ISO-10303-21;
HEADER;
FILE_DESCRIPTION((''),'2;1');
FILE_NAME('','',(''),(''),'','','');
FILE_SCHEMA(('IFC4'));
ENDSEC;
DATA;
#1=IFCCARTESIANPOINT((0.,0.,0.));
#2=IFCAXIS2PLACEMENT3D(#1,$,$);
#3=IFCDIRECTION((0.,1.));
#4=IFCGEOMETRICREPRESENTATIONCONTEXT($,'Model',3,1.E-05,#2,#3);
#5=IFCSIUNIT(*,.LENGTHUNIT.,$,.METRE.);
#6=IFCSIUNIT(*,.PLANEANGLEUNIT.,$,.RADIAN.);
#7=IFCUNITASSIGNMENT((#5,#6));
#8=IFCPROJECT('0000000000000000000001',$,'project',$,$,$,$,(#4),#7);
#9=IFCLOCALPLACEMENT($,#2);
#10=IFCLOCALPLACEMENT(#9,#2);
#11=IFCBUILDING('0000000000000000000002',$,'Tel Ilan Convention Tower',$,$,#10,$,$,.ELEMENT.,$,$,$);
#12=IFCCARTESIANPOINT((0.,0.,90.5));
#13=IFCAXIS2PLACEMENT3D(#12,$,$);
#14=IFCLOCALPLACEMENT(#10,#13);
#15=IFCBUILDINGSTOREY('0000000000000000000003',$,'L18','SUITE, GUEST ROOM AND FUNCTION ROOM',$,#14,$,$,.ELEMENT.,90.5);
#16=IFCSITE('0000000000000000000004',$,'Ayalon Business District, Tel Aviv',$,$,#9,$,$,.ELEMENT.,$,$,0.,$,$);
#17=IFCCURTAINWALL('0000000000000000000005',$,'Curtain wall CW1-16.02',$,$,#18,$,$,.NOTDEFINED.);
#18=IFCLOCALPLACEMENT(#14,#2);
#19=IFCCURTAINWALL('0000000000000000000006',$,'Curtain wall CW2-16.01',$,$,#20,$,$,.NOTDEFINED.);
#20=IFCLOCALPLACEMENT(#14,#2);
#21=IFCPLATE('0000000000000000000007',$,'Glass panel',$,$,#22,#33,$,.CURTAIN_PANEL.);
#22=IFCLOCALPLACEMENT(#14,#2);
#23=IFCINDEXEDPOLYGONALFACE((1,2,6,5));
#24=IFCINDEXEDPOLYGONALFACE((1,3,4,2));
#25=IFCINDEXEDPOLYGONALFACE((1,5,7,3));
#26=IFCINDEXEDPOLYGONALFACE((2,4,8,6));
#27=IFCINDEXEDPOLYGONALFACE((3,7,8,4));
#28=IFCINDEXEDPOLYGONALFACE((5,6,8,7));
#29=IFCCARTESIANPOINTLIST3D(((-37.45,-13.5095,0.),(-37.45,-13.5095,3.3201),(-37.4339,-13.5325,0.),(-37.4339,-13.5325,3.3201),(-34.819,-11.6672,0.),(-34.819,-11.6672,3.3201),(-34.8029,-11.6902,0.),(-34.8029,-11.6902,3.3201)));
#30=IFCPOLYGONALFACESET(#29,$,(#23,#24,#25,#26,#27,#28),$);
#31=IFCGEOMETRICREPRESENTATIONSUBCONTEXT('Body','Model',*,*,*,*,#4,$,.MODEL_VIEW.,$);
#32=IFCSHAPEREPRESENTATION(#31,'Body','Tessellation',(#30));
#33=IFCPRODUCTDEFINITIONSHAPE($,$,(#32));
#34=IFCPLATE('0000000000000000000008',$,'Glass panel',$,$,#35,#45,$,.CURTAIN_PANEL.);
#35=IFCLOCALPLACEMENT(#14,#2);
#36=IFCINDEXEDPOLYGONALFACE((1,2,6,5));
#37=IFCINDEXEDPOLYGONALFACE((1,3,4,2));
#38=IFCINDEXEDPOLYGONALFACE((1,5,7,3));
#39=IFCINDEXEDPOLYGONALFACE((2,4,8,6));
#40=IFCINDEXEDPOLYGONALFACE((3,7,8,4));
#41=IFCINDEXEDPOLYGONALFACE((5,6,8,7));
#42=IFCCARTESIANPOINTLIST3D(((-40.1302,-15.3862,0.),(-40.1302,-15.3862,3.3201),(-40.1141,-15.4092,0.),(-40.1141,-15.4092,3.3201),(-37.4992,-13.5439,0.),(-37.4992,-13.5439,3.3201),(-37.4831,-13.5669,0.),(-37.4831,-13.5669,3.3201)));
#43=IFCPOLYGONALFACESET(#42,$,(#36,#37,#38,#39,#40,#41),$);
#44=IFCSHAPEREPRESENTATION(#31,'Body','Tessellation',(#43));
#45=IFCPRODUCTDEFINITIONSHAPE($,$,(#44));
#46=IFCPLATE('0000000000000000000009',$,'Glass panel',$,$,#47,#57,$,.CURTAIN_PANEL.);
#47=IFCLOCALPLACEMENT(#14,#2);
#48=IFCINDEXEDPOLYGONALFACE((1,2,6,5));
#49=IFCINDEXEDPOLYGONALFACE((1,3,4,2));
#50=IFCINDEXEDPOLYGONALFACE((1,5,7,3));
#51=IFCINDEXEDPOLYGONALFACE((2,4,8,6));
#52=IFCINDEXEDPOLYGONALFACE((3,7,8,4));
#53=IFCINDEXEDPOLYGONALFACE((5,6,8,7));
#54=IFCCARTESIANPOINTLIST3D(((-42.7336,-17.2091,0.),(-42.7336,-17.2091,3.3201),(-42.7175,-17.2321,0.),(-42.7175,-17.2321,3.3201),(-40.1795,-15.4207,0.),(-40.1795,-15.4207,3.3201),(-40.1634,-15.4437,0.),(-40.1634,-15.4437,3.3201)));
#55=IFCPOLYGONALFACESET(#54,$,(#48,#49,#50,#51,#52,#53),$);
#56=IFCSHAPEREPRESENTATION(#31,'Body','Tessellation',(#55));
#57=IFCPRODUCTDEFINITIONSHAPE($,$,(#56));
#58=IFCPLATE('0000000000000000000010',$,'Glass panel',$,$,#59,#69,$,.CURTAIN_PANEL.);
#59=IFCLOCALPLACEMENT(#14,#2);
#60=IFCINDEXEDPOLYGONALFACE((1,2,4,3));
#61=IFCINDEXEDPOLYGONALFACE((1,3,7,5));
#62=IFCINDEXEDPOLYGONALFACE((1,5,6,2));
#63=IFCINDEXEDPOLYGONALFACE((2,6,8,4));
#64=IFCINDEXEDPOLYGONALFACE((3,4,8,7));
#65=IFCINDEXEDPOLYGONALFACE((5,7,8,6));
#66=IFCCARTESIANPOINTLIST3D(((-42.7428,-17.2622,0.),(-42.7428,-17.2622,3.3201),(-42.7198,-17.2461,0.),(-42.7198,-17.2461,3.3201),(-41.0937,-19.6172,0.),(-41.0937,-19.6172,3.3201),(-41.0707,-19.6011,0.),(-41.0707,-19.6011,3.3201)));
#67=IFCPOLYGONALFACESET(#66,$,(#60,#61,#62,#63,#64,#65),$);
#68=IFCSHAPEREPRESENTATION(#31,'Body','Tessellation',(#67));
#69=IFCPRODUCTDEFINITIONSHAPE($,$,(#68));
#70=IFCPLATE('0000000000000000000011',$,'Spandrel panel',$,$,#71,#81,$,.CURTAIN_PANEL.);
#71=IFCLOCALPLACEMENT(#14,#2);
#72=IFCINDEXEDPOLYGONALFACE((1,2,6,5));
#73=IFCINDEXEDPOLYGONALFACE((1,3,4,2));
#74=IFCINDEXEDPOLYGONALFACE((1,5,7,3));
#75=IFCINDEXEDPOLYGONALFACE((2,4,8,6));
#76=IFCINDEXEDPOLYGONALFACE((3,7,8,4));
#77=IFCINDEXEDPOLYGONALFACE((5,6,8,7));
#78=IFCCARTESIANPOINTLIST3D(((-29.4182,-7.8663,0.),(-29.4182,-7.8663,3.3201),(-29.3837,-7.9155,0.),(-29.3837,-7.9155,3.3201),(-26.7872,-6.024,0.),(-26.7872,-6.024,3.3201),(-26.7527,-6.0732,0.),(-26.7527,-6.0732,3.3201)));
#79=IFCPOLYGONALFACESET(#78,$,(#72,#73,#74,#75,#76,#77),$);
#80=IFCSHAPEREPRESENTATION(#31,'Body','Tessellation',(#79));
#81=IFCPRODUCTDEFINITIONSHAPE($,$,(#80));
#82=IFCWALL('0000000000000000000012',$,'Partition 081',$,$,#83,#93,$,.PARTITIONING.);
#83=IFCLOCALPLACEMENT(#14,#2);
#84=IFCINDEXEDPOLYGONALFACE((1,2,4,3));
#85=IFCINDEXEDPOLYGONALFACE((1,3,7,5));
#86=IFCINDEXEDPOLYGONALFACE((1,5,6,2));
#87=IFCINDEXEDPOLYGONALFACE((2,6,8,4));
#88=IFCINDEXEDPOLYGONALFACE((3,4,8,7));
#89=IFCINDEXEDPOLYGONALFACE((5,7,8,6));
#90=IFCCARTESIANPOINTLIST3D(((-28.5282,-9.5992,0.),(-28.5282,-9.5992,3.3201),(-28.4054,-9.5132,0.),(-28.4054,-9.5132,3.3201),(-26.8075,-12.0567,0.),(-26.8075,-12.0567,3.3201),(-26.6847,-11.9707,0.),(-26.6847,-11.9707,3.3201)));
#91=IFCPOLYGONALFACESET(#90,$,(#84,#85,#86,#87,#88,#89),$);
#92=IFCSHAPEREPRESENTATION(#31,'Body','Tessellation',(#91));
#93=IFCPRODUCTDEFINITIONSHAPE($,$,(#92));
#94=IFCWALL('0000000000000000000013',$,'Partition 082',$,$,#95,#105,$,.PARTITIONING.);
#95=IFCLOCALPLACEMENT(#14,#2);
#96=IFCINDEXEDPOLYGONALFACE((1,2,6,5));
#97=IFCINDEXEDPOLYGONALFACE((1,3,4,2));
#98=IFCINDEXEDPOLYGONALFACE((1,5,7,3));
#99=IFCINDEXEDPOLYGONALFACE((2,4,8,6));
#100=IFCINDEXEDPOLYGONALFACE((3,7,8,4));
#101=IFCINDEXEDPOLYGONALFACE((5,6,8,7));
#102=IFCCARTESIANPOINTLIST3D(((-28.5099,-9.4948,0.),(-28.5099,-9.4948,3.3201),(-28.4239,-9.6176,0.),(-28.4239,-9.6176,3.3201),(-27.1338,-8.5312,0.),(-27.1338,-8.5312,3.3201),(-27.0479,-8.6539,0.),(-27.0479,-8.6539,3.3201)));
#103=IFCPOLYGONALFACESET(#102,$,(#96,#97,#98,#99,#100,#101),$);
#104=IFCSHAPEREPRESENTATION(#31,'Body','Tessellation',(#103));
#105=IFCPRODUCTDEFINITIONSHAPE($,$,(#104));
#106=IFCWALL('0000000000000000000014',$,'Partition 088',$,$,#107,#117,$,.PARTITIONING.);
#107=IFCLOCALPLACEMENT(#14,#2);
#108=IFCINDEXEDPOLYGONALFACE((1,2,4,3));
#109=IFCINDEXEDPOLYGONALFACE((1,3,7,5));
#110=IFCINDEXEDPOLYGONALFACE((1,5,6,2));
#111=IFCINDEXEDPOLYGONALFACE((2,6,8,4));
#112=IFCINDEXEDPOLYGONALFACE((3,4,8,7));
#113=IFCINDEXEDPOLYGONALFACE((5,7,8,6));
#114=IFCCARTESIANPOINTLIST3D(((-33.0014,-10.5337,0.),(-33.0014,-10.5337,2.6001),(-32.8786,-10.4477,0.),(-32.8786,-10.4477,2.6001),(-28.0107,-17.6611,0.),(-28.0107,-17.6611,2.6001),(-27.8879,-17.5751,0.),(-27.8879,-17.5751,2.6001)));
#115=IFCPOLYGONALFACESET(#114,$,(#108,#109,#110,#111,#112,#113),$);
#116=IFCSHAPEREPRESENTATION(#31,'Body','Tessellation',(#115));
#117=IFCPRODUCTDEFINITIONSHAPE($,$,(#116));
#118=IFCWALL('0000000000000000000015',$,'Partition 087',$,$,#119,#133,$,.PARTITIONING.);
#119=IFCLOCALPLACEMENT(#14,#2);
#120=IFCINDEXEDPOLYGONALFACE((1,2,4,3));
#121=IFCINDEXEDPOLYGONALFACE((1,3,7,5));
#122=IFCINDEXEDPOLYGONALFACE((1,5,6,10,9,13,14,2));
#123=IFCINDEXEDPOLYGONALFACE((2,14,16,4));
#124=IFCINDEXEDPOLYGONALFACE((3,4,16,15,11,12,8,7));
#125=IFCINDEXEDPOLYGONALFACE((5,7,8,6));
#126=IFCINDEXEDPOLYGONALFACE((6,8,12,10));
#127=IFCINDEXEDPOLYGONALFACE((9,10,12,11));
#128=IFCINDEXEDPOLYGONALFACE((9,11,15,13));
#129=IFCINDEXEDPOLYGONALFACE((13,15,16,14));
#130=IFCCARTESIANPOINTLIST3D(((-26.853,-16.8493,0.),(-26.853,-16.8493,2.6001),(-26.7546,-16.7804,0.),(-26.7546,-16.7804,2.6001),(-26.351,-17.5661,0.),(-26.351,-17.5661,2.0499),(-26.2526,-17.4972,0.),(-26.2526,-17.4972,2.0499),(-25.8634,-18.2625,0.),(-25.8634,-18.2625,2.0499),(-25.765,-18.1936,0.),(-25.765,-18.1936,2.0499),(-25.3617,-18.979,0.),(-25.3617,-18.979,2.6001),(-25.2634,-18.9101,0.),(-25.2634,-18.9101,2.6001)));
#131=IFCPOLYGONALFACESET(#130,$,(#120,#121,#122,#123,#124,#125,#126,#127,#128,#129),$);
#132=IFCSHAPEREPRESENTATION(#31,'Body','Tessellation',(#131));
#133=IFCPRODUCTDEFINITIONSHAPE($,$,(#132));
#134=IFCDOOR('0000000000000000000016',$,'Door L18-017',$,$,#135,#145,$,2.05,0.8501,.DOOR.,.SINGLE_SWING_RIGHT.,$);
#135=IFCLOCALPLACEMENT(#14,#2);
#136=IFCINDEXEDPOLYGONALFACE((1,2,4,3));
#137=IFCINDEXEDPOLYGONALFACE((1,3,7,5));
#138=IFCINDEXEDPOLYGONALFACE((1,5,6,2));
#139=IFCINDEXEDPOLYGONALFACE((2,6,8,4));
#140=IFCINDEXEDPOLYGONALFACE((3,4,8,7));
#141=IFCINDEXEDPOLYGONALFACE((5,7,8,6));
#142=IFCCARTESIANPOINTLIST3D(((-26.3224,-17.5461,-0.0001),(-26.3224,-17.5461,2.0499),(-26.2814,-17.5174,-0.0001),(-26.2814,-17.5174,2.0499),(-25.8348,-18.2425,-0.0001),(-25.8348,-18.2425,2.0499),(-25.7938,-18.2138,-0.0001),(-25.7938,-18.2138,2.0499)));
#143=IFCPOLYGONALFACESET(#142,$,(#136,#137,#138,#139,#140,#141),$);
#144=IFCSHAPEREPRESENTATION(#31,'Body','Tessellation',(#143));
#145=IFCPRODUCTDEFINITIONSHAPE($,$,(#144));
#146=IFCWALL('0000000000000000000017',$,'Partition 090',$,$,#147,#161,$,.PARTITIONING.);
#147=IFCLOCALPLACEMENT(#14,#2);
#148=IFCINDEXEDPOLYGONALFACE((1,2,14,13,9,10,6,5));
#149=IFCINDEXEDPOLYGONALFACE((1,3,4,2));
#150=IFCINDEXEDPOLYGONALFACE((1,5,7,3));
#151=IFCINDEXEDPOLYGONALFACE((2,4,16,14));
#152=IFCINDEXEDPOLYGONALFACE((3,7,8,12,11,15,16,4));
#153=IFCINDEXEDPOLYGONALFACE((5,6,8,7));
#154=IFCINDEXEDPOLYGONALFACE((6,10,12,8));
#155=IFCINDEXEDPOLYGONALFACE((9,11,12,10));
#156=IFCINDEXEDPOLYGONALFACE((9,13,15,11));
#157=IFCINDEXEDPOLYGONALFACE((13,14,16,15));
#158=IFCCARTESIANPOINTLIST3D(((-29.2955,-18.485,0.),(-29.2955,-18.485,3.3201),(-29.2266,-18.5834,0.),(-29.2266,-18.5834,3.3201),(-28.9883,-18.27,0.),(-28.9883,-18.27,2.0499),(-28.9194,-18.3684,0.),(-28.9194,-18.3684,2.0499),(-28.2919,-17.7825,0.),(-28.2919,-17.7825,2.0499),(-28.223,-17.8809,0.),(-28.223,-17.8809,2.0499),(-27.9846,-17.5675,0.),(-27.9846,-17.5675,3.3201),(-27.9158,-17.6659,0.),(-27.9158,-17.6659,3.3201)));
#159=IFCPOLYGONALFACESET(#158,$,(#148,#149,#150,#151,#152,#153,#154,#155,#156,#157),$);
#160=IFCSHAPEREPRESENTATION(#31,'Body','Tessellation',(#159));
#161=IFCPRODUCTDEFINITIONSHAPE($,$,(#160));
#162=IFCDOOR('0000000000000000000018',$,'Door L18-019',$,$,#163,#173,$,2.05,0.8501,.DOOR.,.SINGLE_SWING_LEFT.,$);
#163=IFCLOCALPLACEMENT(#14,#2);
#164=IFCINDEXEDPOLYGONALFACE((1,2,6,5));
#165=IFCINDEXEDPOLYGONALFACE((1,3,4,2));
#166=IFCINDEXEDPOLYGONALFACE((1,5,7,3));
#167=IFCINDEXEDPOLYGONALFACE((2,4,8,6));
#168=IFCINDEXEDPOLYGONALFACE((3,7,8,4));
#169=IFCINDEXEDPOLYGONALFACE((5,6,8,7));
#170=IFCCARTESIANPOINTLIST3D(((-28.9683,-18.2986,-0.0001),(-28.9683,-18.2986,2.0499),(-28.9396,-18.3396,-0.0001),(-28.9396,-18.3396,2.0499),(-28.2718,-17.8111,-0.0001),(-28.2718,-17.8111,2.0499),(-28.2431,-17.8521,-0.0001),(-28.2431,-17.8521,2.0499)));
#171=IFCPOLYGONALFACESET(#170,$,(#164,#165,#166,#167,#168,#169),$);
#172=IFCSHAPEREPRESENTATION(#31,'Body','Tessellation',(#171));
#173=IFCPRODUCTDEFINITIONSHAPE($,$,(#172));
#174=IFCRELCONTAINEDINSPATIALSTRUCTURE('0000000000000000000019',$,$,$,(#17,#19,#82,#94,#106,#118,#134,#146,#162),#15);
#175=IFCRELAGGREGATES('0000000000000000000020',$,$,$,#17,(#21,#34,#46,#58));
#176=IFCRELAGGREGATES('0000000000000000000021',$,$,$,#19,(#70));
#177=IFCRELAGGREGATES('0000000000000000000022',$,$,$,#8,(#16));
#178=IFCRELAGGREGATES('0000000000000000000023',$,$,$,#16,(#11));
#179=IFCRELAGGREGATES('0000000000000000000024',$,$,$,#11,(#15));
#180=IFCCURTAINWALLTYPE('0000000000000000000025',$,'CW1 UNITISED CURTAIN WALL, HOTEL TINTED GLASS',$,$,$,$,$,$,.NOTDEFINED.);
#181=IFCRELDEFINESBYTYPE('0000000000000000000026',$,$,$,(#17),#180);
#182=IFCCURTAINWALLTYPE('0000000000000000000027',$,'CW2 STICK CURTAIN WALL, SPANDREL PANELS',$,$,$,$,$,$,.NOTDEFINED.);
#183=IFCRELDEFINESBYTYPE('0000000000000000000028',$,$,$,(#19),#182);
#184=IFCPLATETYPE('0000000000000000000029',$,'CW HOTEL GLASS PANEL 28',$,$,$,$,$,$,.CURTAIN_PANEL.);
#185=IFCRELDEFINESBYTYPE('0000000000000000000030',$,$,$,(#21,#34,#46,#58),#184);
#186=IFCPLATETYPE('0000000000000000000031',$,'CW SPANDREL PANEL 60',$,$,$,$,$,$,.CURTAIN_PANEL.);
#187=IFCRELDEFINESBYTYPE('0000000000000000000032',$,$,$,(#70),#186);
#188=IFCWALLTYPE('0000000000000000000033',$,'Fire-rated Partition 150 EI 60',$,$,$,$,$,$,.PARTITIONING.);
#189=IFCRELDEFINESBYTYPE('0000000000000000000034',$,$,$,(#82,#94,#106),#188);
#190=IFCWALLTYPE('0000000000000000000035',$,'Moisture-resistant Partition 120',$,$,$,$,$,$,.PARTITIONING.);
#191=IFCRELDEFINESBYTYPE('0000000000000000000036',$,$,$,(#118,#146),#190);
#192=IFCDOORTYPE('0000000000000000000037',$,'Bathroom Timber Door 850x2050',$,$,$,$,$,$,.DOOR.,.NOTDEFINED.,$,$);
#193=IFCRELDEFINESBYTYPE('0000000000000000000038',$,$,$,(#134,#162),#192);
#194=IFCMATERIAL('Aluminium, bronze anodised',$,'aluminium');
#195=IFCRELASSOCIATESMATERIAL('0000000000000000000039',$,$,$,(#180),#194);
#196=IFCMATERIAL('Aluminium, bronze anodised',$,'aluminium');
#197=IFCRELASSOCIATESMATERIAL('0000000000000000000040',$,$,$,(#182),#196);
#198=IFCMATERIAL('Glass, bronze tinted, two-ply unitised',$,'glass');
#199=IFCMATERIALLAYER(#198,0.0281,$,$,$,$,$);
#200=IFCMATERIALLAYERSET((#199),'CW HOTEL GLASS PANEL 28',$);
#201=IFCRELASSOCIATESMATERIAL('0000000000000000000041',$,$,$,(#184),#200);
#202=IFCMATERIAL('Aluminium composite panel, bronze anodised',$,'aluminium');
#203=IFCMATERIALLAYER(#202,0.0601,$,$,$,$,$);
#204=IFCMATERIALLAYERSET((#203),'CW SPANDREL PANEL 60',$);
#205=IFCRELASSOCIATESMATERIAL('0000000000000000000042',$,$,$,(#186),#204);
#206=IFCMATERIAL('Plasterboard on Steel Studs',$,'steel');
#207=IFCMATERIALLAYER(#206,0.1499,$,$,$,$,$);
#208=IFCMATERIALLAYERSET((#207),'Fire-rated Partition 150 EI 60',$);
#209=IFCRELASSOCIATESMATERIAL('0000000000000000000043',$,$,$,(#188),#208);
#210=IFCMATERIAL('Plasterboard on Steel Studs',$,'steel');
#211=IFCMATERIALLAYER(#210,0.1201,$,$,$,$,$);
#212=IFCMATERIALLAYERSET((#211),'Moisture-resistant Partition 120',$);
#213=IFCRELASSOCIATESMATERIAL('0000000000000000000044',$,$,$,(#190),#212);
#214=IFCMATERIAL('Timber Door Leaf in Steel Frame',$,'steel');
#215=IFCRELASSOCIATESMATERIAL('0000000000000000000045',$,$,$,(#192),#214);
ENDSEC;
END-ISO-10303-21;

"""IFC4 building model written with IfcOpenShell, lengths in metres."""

from ifc_helpers import new_model, si_unit, direction, frame, frame_2d, origin, origin_2d, place, context, subcontext, project, spatial, rectangle, extrude, material, layer, layer_set, type_object, element, fill, aggregate, save


model = new_model("IFC4")

# Units and contexts
model_context = context("Model", 3, precision=1e-05, world=origin(), true_north=direction((0.0, 1.0)))
body_context = subcontext(model_context, "Body", "Model", "MODEL_VIEW")
ifc_project = project(units=[si_unit("LENGTHUNIT", "METRE"), si_unit("PLANEANGLEUNIT", "RADIAN")], contexts=[model_context])

# Site, building, storey
site_placement = place(None, origin())
site = spatial("IfcSite", under=ifc_project, at=site_placement, Name="Ayalon Business District, Tel Aviv", CompositionType="ELEMENT", RefElevation=0.0)
building_placement = place(site_placement, origin())
building = spatial("IfcBuilding", under=site, at=building_placement, Name="Tel Ilan Convention Tower", CompositionType="ELEMENT")
storey_placement = place(building_placement, frame((0.0, 0.0, 90.5)))
storey = spatial("IfcBuildingStorey", under=building, at=storey_placement, Name="L18", Description="SUITE, GUEST ROOM AND FUNCTION ROOM", CompositionType="ELEMENT", Elevation=90.5)

# Curtain walls
ifc_material_1 = material(Name="Aluminium, bronze anodised", Category="aluminium")
curtain_wall_type_1 = type_object("IfcCurtainWallType", Name="CW1 UNITISED CURTAIN WALL, HOTEL TINTED GLASS", PredefinedType="NOTDEFINED", material=ifc_material_1)
curtain_wall_1_placement = place(storey_placement, origin())
curtain_wall_1 = element("IfcCurtainWall", 1, at=curtain_wall_1_placement, inside=storey, type_object=curtain_wall_type_1, Name="Curtain wall CW1-16.02", PredefinedType="NOTDEFINED")
ifc_material_2 = material(Name="Aluminium, bronze anodised", Category="aluminium")
curtain_wall_type_2 = type_object("IfcCurtainWallType", Name="CW2 STICK CURTAIN WALL, SPANDREL PANELS", PredefinedType="NOTDEFINED", material=ifc_material_2)
curtain_wall_2_placement = place(storey_placement, origin())
curtain_wall_2 = element("IfcCurtainWall", 2, at=curtain_wall_2_placement, inside=storey, type_object=curtain_wall_type_2, Name="Curtain wall CW2-16.01", PredefinedType="NOTDEFINED")

# Plates
ifc_material_3 = material(Name="Glass, bronze tinted, two-ply unitised", Category="glass")
ifc_layer_1 = layer(ifc_material_3, 0.0281)
ifc_layer_set_1 = layer_set([ifc_layer_1], Name="CW HOTEL GLASS PANEL 28")
plate_type_1 = type_object("IfcPlateType", Name="CW HOTEL GLASS PANEL 28", PredefinedType="CURTAIN_PANEL", material=ifc_layer_set_1)
plate_1_placement = place(storey_placement, frame((-36.1265, -12.5999, 0.0), z_axis=(0.0, 0.0, 1.0), x_axis=(-0.819152, -0.573576, 0.0)))
plate_1 = element("IfcPlate", 3, at=plate_1_placement, type_object=plate_type_1, Name="Glass panel", PredefinedType="CURTAIN_PANEL", context=body_context, shape_type="SweptSolid", body=[
    extrude(rectangle(XDim=3.2119, YDim=0.0281, at=origin_2d()), origin(), (0.0, 0.0, 1.0), 3.3201),
])
plate_2_placement = place(storey_placement, frame((-38.8066, -14.4766, 0.0), z_axis=(0.0, 0.0, 1.0), x_axis=(-0.819152, -0.573576, 0.0)))
plate_2 = element("IfcPlate", 4, at=plate_2_placement, type_object=plate_type_1, Name="Glass panel", PredefinedType="CURTAIN_PANEL", context=body_context, shape_type="SweptSolid", body=[
    extrude(rectangle(XDim=3.2119, YDim=0.0281, at=origin_2d()), origin(), (0.0, 0.0, 1.0), 3.3201),
])
plate_3_placement = place(storey_placement, frame((-41.4485, -16.3264, 0.0), z_axis=(0.0, 0.0, 1.0), x_axis=(-0.819152, -0.573576, 0.0)))
plate_3 = element("IfcPlate", 5, at=plate_3_placement, type_object=plate_type_1, Name="Glass panel", PredefinedType="CURTAIN_PANEL", context=body_context, shape_type="SweptSolid", body=[
    extrude(rectangle(XDim=3.1179, YDim=0.0281, at=origin_2d()), origin(), (0.0, 0.0, 1.0), 3.3201),
])
plate_4_placement = place(storey_placement, frame((-41.9067, -18.4316, 0.0), z_axis=(0.0, 0.0, 1.0), x_axis=(0.573576, -0.819152, 0.0)))
plate_4 = element("IfcPlate", 6, at=plate_4_placement, type_object=plate_type_1, Name="Glass panel", PredefinedType="CURTAIN_PANEL", context=body_context, shape_type="SweptSolid", body=[
    extrude(rectangle(XDim=2.875, YDim=0.0281, at=origin_2d()), origin(), (0.0, 0.0, 1.0), 3.3201),
])
aggregate(curtain_wall_1, [plate_1, plate_2, plate_3, plate_4])
ifc_material_4 = material(Name="Aluminium composite panel, bronze anodised", Category="aluminium")
ifc_layer_2 = layer(ifc_material_4, 0.0601)
ifc_layer_set_2 = layer_set([ifc_layer_2], Name="CW SPANDREL PANEL 60")
plate_type_2 = type_object("IfcPlateType", Name="CW SPANDREL PANEL 60", PredefinedType="CURTAIN_PANEL", material=ifc_layer_set_2)
plate_5_placement = place(storey_placement, frame((-28.0854, -6.9697, 0.0), z_axis=(0.0, 0.0, 1.0), x_axis=(-0.819152, -0.573576, 0.0)))
plate_5 = element("IfcPlate", 7, at=plate_5_placement, type_object=plate_type_2, Name="Spandrel panel", PredefinedType="CURTAIN_PANEL", context=body_context, shape_type="SweptSolid", body=[
    extrude(rectangle(XDim=3.2119, YDim=0.0601, at=origin_2d()), origin(), (0.0, 0.0, 1.0), 3.3201),
])
aggregate(curtain_wall_2, [plate_5])

# Walls
ifc_material_5 = material(Name="Plasterboard on Steel Studs", Category="steel")
ifc_layer_3 = layer(ifc_material_5, 0.1499)
ifc_layer_set_3 = layer_set([ifc_layer_3], Name="Fire-rated Partition 150 EI 60")
wall_type_1 = type_object("IfcWallType", Name="Fire-rated Partition 150 EI 60", PredefinedType="PARTITIONING", material=ifc_layer_set_3)
wall_1_placement = place(storey_placement, frame((-26.7461, -12.0137, 0.0), z_axis=(0.0, 0.0, 1.0), x_axis=(-0.573561, 0.819163, 0.0)))
element("IfcWall", 8, at=wall_1_placement, inside=storey, type_object=wall_type_1, Name="Partition 081", PredefinedType="PARTITIONING", context=body_context, shape_type="SweptSolid", body=[
    extrude(rectangle(XDim=3.0, YDim=0.1499, at=frame_2d((1.5, 0.0))), origin(), (0.0, 0.0, 1.0), 3.3201),
])
wall_2_placement = place(storey_placement, frame((-28.4668, -9.5562, 0.0), z_axis=(0.0, 0.0, 1.0), x_axis=(0.819109, 0.573638, 0.0)))
element("IfcWall", 9, at=wall_2_placement, inside=storey, type_object=wall_type_1, Name="Partition 082", PredefinedType="PARTITIONING", context=body_context, shape_type="SweptSolid", body=[
    extrude(rectangle(XDim=1.6799, YDim=0.1499, at=frame_2d((0.8398, 0.0))), origin(), (0.0, 0.0, 1.0), 3.3201),
])
wall_3_placement = place(storey_placement, frame((-27.9492, -17.6182, 0.0), z_axis=(0.0, 0.0, 1.0), x_axis=(-0.573579, 0.81915, 0.0)))
element("IfcWall", 10, at=wall_3_placement, inside=storey, type_object=wall_type_1, Name="Partition 088", PredefinedType="PARTITIONING", context=body_context, shape_type="SweptSolid", body=[
    extrude(rectangle(XDim=8.7009, YDim=0.1499, at=frame_2d((4.3506, 0.0))), origin(), (0.0, 0.0, 1.0), 2.6001),
])

# Walls, openings, doors
ifc_material_6 = material(Name="Plasterboard on Steel Studs", Category="steel")
ifc_layer_4 = layer(ifc_material_6, 0.1201)
ifc_layer_set_4 = layer_set([ifc_layer_4], Name="Moisture-resistant Partition 120")
wall_type_2 = type_object("IfcWallType", Name="Moisture-resistant Partition 120", PredefinedType="PARTITIONING", material=ifc_layer_set_4)
wall_4_placement = place(storey_placement, frame((-26.8037, -16.8149, 0.0), z_axis=(0.0, 0.0, 1.0), x_axis=(0.573582, -0.819148, 0.0)))
wall_4 = element("IfcWall", 11, at=wall_4_placement, inside=storey, type_object=wall_type_2, Name="Partition 087", PredefinedType="PARTITIONING", context=body_context, shape_type="SweptSolid", body=[
    extrude(rectangle(XDim=2.5999, YDim=0.1201, at=frame_2d((1.2998, 0.0))), origin(), (0.0, 0.0, 1.0), 2.6001),
])
opening_1_placement = place(wall_4_placement, frame((0.875, 0.0, 0.0)))
opening_1 = element("IfcOpeningElement", 12, at=opening_1_placement, cuts=wall_4, PredefinedType="OPENING", context=body_context, shape_type="SweptSolid", body=[
    extrude(rectangle(XDim=0.8501, YDim=2.05, at=frame_2d((0.425, 1.0249))), frame((0.0, 0.0701, 0.0), z_axis=(0.0, -1.0, 0.0), x_axis=(1.0, 0.0, 0.0)), (0.0, 0.0, 1.0), 0.1401),
])
ifc_material_7 = material(Name="Timber Door Leaf in Steel Frame", Category="steel")
door_type = type_object("IfcDoorType", Name="Bathroom Timber Door 850x2050", OperationType="NOTDEFINED", PredefinedType="DOOR", material=ifc_material_7)
door_1_placement = place(opening_1_placement, origin())
door_1 = element("IfcDoor", 13, at=door_1_placement, inside=storey, type_object=door_type, Name="Door L18-017", OperationType="SINGLE_SWING_RIGHT", OverallHeight=2.05, OverallWidth=0.8501, PredefinedType="DOOR", context=body_context, shape_type="SweptSolid", body=[
    extrude(rectangle(XDim=0.8501, YDim=2.05, at=frame_2d((0.425, 1.0249))), frame((0.0, 0.0249, 0.0), z_axis=(0.0, -1.0, 0.0), x_axis=(1.0, 0.0, 0.0)), (0.0, 0.0, 1.0), 0.05),
])
fill(opening_1, door_1)
wall_5_placement = place(storey_placement, frame((-27.9502, -17.6167, 0.0), z_axis=(0.0, 0.0, 1.0), x_axis=(-0.819253, -0.573432, 0.0)))
wall_5 = element("IfcWall", 14, at=wall_5_placement, inside=storey, type_object=wall_type_2, Name="Partition 090", PredefinedType="PARTITIONING", context=body_context, shape_type="SweptSolid", body=[
    extrude(rectangle(XDim=1.6001, YDim=0.1201, at=frame_2d((0.8, 0.0))), origin(), (0.0, 0.0, 1.0), 3.3201),
])
opening_2_placement = place(wall_5_placement, frame((0.375, 0.0, 0.0)))
opening_2 = element("IfcOpeningElement", 15, at=opening_2_placement, cuts=wall_5, PredefinedType="OPENING", context=body_context, shape_type="SweptSolid", body=[
    extrude(rectangle(XDim=0.8501, YDim=2.05, at=frame_2d((0.425, 1.0249))), frame((0.0, 0.0701, 0.0), z_axis=(0.0, -1.0, 0.0), x_axis=(1.0, 0.0, 0.0)), (0.0, 0.0, 1.0), 0.1401),
])
door_2_placement = place(opening_2_placement, origin())
door_2 = element("IfcDoor", 16, at=door_2_placement, inside=storey, type_object=door_type, Name="Door L18-019", OperationType="SINGLE_SWING_LEFT", OverallHeight=2.05, OverallWidth=0.8501, PredefinedType="DOOR", context=body_context, shape_type="SweptSolid", body=[
    extrude(rectangle(XDim=0.8501, YDim=2.05, at=frame_2d((0.425, 1.0249))), frame((0.0, 0.0249, 0.0), z_axis=(0.0, -1.0, 0.0), x_axis=(1.0, 0.0, 0.0)), (0.0, 0.0, 1.0), 0.05),
])
fill(opening_2, door_2)

save(model, "model.ifc")
